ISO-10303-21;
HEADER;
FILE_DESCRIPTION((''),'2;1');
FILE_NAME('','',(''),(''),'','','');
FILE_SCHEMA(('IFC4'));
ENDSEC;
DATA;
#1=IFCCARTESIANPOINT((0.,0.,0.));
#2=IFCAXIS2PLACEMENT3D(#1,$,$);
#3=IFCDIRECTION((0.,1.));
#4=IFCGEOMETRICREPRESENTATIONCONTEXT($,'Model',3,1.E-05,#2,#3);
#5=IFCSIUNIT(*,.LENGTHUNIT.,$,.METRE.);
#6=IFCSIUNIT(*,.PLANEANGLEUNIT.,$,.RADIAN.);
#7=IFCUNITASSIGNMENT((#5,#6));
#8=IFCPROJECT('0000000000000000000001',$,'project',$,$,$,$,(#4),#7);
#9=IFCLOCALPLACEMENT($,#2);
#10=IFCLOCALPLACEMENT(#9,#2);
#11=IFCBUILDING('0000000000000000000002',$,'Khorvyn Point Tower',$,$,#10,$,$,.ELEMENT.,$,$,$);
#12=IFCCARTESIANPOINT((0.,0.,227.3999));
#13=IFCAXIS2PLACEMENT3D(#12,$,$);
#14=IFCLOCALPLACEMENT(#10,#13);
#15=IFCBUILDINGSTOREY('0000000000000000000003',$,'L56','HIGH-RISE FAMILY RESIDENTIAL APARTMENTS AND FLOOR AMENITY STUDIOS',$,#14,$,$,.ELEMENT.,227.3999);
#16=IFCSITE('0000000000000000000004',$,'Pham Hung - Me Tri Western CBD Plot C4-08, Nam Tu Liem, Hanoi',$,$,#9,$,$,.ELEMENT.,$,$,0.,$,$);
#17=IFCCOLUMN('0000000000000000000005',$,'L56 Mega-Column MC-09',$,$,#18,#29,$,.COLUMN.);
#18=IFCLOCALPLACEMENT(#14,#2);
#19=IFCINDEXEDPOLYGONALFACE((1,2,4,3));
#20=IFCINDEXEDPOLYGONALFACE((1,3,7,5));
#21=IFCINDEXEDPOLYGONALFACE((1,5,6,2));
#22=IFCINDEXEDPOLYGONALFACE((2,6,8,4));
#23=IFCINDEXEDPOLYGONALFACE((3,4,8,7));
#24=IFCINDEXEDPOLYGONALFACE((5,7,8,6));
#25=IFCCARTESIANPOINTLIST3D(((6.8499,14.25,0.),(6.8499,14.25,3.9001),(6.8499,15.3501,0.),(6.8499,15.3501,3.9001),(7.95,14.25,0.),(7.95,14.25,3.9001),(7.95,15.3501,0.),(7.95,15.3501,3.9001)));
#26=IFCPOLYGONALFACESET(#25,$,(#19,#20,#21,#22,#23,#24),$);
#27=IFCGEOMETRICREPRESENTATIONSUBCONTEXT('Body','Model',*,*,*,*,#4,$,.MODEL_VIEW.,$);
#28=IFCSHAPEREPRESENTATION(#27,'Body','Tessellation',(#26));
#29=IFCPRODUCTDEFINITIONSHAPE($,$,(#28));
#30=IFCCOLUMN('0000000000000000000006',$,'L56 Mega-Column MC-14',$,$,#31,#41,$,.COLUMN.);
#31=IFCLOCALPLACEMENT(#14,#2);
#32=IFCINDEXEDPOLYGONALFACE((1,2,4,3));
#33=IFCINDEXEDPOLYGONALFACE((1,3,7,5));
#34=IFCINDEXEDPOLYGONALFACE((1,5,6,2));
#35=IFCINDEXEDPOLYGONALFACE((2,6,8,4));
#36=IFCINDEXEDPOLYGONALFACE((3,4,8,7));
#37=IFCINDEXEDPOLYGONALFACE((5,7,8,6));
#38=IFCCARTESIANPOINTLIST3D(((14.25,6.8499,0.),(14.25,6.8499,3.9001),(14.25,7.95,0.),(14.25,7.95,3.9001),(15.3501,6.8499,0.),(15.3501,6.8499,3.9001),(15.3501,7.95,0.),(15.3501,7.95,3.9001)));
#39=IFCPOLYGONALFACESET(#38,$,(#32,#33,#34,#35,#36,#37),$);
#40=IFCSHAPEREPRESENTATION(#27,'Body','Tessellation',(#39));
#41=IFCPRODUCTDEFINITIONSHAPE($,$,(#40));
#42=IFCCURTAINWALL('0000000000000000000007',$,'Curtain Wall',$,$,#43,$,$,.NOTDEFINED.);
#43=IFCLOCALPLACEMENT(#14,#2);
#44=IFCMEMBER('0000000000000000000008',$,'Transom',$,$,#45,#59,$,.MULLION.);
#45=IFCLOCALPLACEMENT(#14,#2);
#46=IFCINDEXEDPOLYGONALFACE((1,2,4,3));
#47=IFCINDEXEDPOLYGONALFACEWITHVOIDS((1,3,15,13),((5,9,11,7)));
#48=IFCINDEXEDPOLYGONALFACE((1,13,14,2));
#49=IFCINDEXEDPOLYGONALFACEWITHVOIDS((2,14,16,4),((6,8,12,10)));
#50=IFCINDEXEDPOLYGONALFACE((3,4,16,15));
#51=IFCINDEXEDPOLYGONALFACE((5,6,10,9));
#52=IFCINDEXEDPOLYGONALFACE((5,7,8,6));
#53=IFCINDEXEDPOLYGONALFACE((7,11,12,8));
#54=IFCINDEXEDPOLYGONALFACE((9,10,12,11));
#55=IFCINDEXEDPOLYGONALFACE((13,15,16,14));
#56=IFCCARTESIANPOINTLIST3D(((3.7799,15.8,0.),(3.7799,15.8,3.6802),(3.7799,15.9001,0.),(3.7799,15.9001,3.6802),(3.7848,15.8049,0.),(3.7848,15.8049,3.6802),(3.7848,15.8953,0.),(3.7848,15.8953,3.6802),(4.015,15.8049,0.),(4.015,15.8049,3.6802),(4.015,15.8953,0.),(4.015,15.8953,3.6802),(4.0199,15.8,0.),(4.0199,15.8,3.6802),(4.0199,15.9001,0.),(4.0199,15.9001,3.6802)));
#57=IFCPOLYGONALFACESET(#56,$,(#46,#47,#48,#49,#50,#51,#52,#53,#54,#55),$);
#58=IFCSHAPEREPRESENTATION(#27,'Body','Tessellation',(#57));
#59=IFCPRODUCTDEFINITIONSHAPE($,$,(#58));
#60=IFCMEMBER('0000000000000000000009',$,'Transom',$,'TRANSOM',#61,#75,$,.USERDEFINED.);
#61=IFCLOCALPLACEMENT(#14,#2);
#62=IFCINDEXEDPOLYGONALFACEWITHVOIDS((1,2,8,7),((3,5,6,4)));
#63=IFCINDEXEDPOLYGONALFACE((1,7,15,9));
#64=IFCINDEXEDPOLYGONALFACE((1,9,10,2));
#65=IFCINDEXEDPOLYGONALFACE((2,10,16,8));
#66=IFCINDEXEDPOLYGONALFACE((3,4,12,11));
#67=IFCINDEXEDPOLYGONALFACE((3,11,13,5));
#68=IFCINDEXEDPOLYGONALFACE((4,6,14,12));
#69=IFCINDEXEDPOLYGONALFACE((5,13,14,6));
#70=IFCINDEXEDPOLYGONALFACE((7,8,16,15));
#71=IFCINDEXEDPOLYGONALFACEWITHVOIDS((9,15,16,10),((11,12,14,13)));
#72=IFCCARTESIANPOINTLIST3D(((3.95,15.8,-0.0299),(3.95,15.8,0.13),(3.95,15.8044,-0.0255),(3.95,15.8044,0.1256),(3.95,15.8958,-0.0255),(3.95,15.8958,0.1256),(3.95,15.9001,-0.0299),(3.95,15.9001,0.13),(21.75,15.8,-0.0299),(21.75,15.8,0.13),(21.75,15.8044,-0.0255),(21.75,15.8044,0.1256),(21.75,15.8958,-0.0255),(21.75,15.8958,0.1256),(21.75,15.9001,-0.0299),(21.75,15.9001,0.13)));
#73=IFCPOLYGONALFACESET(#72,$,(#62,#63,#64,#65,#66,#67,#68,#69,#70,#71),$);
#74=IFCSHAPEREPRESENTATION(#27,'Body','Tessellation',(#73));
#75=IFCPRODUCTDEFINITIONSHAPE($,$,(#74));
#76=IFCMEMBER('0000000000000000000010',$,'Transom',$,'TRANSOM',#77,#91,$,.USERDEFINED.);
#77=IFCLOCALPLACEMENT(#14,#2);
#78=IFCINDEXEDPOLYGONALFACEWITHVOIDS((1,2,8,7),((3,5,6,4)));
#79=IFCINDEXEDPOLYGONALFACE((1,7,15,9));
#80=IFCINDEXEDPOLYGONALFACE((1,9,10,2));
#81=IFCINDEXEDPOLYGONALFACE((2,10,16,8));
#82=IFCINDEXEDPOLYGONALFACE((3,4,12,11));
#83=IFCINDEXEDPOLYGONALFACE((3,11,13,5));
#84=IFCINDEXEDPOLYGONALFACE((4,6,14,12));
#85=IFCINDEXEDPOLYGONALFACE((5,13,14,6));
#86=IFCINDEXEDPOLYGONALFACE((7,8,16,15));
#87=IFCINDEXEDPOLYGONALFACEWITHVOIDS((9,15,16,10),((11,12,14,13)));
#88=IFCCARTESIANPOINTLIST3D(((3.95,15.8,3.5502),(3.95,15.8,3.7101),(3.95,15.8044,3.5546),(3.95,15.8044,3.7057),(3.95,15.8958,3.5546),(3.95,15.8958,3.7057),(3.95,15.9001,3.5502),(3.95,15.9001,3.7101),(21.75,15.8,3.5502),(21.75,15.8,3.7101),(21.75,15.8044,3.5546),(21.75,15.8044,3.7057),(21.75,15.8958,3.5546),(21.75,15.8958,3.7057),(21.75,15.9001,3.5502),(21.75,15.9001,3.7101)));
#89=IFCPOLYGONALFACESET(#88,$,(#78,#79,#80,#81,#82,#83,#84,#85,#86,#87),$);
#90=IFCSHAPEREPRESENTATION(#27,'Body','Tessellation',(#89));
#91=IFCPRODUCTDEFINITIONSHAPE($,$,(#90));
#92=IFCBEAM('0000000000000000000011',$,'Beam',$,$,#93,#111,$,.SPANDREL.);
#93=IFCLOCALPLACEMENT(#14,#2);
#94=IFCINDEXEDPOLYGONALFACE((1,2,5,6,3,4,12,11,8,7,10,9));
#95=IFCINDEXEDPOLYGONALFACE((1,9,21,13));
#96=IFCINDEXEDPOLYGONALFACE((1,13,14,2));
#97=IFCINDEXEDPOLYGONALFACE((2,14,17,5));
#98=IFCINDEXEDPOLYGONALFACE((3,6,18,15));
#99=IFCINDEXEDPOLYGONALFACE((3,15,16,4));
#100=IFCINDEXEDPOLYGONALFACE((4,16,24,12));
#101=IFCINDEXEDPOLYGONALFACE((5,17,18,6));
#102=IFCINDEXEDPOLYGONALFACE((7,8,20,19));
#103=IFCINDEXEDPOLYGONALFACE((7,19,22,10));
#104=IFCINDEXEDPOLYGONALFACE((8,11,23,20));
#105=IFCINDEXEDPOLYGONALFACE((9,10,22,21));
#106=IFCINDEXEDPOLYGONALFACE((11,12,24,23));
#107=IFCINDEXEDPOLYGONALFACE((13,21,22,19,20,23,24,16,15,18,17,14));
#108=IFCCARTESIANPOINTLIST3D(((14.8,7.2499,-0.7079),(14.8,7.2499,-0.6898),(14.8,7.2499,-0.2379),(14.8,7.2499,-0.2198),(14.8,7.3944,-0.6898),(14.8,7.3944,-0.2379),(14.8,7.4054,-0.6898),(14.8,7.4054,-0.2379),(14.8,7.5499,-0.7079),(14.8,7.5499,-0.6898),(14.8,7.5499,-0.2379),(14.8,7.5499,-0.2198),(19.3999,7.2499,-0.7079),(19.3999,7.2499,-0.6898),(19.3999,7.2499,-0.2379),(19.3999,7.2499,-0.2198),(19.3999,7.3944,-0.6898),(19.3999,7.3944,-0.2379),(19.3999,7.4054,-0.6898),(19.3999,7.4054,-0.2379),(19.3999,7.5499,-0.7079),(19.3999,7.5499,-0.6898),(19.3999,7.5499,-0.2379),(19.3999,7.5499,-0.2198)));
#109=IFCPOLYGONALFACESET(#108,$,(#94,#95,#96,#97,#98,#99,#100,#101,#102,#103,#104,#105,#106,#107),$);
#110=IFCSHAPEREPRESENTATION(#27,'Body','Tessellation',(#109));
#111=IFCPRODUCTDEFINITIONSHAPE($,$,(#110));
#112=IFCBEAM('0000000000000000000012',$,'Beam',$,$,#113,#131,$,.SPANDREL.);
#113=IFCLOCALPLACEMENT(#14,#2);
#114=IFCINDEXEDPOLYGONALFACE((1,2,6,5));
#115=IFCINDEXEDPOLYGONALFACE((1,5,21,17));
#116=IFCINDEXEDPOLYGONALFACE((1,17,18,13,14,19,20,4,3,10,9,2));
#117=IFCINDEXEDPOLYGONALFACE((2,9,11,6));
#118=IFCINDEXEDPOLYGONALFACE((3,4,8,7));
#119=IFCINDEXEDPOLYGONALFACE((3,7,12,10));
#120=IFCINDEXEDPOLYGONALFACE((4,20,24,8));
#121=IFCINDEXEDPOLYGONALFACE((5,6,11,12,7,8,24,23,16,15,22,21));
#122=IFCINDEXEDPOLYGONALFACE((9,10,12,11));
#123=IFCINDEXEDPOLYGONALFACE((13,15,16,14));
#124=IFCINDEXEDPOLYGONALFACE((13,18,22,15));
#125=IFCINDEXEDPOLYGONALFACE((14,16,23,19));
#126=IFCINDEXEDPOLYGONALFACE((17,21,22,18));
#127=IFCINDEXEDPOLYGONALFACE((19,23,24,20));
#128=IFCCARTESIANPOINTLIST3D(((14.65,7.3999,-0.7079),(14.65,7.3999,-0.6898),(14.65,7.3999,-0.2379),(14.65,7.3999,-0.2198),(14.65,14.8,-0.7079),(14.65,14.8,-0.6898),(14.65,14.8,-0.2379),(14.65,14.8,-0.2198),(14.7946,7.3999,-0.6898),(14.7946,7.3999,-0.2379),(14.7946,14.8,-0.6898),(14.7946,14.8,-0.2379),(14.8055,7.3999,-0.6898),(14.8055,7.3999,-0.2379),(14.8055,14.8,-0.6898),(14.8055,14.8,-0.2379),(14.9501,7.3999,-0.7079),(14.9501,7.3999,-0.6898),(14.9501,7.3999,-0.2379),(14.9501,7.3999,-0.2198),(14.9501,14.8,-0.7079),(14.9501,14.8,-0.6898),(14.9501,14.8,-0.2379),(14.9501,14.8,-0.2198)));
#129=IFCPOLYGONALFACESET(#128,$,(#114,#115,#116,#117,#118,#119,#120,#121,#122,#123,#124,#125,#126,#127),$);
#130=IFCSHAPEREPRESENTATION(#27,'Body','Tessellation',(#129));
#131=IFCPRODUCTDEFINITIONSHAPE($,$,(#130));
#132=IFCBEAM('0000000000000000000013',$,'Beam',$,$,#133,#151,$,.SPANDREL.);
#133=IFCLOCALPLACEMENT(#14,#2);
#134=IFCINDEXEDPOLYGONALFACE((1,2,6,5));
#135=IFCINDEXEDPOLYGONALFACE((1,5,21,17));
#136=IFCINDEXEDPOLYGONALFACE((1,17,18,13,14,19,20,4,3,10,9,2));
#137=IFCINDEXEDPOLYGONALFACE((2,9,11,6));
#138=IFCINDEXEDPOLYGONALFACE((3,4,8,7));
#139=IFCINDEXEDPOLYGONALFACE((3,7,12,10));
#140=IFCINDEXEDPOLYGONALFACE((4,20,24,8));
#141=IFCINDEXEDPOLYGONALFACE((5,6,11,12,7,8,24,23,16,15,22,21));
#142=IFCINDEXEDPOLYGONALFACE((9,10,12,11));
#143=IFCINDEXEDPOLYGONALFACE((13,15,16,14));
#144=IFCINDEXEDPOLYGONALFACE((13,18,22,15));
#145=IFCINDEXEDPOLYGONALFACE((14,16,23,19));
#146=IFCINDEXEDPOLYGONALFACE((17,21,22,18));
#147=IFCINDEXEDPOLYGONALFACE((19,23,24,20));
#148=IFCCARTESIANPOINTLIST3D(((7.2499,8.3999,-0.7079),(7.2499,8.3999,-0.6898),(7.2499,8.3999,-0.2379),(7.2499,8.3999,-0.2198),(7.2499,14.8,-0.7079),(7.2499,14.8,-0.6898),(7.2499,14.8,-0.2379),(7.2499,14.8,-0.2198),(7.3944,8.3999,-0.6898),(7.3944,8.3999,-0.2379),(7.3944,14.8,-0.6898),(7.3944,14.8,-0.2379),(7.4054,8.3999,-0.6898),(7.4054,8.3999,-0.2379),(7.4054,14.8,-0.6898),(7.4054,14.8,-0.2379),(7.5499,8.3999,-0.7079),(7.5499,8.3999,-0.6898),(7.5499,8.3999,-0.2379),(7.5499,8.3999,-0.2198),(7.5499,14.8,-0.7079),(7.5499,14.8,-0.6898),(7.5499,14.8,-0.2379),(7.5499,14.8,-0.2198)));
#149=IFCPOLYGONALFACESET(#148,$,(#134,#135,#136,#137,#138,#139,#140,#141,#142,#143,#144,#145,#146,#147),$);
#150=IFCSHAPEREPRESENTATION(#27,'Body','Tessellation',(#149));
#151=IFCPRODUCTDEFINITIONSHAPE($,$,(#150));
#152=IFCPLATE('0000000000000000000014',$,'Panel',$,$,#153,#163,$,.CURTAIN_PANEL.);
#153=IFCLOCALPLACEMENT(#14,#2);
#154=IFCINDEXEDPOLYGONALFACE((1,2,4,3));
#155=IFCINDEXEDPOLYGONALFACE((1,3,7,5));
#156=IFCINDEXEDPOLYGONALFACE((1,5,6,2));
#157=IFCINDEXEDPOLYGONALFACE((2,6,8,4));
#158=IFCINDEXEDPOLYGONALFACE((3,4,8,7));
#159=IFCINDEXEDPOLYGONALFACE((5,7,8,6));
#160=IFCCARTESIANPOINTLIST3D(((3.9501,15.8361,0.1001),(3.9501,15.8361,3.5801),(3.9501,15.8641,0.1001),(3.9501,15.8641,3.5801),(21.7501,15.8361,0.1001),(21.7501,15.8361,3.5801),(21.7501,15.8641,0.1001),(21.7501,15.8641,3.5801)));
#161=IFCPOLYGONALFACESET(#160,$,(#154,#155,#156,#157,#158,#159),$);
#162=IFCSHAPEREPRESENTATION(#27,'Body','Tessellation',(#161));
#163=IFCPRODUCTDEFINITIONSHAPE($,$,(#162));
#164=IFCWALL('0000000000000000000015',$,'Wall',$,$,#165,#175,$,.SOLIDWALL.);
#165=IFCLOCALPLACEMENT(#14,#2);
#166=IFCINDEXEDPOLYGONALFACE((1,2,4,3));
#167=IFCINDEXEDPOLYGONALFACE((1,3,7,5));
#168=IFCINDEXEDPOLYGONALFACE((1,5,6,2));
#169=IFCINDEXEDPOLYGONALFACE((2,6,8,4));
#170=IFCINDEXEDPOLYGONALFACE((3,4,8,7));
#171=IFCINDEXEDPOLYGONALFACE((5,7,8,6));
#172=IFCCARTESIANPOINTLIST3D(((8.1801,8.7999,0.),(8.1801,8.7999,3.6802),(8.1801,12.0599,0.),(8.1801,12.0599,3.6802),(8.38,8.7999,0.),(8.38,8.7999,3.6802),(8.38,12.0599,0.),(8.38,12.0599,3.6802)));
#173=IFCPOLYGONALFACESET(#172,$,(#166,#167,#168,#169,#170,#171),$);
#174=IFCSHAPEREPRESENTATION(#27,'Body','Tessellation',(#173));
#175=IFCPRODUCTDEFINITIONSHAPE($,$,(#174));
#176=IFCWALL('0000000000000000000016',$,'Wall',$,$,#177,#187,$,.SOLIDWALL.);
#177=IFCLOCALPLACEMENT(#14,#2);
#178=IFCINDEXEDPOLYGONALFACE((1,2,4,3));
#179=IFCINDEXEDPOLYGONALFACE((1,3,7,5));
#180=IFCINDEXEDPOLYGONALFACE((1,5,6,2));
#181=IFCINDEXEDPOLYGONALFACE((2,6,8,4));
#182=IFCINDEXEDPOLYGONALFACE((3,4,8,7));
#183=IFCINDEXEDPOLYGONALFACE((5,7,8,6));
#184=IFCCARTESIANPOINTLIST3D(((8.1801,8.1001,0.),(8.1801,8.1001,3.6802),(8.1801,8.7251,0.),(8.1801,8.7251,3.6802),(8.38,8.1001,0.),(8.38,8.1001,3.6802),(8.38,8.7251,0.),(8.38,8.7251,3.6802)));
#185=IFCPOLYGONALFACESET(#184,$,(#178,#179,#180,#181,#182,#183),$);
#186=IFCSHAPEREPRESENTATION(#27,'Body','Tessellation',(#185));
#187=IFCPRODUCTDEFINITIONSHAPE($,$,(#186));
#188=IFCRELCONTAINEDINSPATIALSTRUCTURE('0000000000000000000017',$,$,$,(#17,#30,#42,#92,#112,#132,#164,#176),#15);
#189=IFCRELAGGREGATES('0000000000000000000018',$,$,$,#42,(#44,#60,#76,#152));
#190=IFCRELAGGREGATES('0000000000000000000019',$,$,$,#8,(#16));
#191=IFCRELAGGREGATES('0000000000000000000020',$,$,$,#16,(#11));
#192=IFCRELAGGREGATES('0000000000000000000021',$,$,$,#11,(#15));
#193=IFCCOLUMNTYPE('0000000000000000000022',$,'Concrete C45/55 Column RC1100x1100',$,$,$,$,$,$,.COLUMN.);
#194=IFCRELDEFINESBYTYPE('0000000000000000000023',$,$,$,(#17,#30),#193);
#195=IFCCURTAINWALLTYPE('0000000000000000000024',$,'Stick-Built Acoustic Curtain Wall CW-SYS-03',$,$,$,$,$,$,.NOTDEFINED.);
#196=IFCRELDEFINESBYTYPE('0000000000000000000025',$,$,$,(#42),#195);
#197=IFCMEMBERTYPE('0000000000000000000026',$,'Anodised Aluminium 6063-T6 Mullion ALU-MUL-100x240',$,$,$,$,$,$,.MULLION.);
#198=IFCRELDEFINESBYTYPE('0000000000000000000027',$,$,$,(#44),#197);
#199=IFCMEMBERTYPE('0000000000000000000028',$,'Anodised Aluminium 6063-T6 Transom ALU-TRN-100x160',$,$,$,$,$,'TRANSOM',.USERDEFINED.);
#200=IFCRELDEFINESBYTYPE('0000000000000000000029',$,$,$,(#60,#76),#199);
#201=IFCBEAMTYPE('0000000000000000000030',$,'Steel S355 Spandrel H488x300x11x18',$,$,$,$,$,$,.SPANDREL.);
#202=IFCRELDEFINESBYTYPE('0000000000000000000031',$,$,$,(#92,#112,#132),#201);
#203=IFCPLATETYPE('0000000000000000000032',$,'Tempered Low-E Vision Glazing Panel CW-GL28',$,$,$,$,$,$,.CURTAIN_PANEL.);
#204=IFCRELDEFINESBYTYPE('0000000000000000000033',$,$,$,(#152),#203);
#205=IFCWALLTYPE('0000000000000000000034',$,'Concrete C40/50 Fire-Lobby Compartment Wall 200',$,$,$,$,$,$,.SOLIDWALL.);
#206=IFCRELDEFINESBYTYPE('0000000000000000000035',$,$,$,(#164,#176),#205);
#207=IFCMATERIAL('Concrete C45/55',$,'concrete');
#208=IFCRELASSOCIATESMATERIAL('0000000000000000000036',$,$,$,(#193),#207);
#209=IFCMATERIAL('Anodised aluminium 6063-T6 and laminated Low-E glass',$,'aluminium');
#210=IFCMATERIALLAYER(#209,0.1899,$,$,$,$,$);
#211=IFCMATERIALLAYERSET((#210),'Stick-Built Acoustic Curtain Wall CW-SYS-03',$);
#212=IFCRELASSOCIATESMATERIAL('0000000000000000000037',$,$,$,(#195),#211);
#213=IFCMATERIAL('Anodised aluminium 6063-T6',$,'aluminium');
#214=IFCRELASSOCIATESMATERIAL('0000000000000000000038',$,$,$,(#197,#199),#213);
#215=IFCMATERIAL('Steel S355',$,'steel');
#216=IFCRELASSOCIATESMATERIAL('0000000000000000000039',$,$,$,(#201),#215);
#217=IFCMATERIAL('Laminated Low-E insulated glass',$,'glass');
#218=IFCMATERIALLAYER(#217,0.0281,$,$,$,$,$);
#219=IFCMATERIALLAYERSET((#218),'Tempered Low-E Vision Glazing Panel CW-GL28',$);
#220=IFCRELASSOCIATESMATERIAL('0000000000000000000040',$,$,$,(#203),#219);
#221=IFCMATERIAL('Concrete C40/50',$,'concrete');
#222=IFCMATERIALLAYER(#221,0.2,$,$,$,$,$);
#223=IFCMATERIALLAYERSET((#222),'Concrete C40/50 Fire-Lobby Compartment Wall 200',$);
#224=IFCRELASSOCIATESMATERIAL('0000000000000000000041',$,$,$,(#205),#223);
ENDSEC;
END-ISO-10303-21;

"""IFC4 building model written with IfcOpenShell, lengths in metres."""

from ifc_helpers import new_model, si_unit, direction, frame, frame_2d, origin, origin_2d, place, context, subcontext, project, spatial, rectangle, hollow_rectangle, i_section, extrude, material, layer, layer_set, material_profile, profile_set, type_object, element, aggregate, save


model = new_model("IFC4")

# Units and contexts
model_context = context("Model", 3, precision=1e-05, world=origin(), true_north=direction((0.0, 1.0)))
body_context = subcontext(model_context, "Body", "Model", "MODEL_VIEW")
ifc_project = project(units=[si_unit("LENGTHUNIT", "METRE"), si_unit("PLANEANGLEUNIT", "RADIAN")], contexts=[model_context])

# Site, building, storey
site_placement = place(None, origin())
site = spatial("IfcSite", under=ifc_project, at=site_placement, Name="Pham Hung - Me Tri Western CBD Plot C4-08, Nam Tu Liem, Hanoi", CompositionType="ELEMENT", RefElevation=0.0)
building_placement = place(site_placement, origin())
building = spatial("IfcBuilding", under=site, at=building_placement, Name="Khorvyn Point Tower", CompositionType="ELEMENT")
storey_placement = place(building_placement, frame((0.0, 0.0, 227.3999)))
storey = spatial("IfcBuildingStorey", under=building, at=storey_placement, Name="L56", Description="HIGH-RISE FAMILY RESIDENTIAL APARTMENTS AND FLOOR AMENITY STUDIOS", CompositionType="ELEMENT", Elevation=227.3999)

# Columns
ifc_material_1 = material(Name="Concrete C45/55", Category="concrete")
ifc_material_profile_1 = material_profile(ifc_material_1, rectangle(XDim=1.1001, YDim=1.1001, at=origin_2d()))
ifc_profile_set_1 = profile_set([ifc_material_profile_1], Name="Concrete C45/55 RC1100x1100")
column_type = type_object("IfcColumnType", Name="Concrete C45/55 Column RC1100x1100", PredefinedType="COLUMN", material=ifc_profile_set_1)
for number, where, z_axis, x_axis, name in (
    (1, (7.3999, 14.8, 0.0), (0.0, 0.0, 1.0), (1.0, 0.0, 0.0), "L56 Mega-Column MC-09"),
    (2, (14.8, 7.3999, 0.0), (0.0, 0.0, 1.0), (1.0, 0.0, 0.0), "L56 Mega-Column MC-14"),
):
    element("IfcColumn", number, at=place(storey_placement, frame(where, z_axis=z_axis, x_axis=x_axis)), inside=storey, type_object=column_type, Name=name, PredefinedType="COLUMN", context=body_context, shape_type="SweptSolid", body=[
        extrude(rectangle(XDim=1.1001, YDim=1.1001, at=origin_2d()), origin(), (0.0, 0.0, 1.0), 3.9001),
    ])

# Curtain wall, members
ifc_material_2 = material(Name="Anodised aluminium 6063-T6 and laminated Low-E glass", Category="aluminium")
ifc_layer_1 = layer(ifc_material_2, 0.1899)
ifc_layer_set_1 = layer_set([ifc_layer_1], Name="Stick-Built Acoustic Curtain Wall CW-SYS-03")
curtain_wall_type = type_object("IfcCurtainWallType", Name="Stick-Built Acoustic Curtain Wall CW-SYS-03", PredefinedType="NOTDEFINED", material=ifc_layer_set_1)
curtain_wall_placement = place(storey_placement, origin())
curtain_wall = element("IfcCurtainWall", 3, at=curtain_wall_placement, inside=storey, type_object=curtain_wall_type, Name="Curtain Wall", PredefinedType="NOTDEFINED")
ifc_material_3 = material(Name="Anodised aluminium 6063-T6", Category="aluminium")
ifc_material_profile_2 = material_profile(ifc_material_3, hollow_rectangle(XDim=0.1001, YDim=0.24, WallThickness=0.0049, at=origin_2d()))
ifc_profile_set_2 = profile_set([ifc_material_profile_2], Name="Anodised aluminium 6063-T6 ALU-MUL-100x240")
member_type_1 = type_object("IfcMemberType", Name="Anodised Aluminium 6063-T6 Mullion ALU-MUL-100x240", PredefinedType="MULLION", material=ifc_profile_set_2)
member_1_placement = place(storey_placement, frame((3.8999, 15.8501, 0.0), z_axis=(0.0, 0.0, 1.0), x_axis=(0.0, 1.0, 0.0)))
member_1 = element("IfcMember", 4, at=member_1_placement, type_object=member_type_1, Name="Transom", PredefinedType="MULLION", context=body_context, shape_type="SweptSolid", body=[
    extrude(hollow_rectangle(XDim=0.1001, YDim=0.24, WallThickness=0.0049, at=origin_2d()), origin(), (0.0, 0.0, 1.0), 3.6802),
])
ifc_material_profile_3 = material_profile(ifc_material_3, hollow_rectangle(XDim=0.1001, YDim=0.1599, WallThickness=0.0044, at=origin_2d()))
ifc_profile_set_3 = profile_set([ifc_material_profile_3], Name="Anodised aluminium 6063-T6 ALU-TRN-100x160")
member_type_2 = type_object("IfcMemberType", Name="Anodised Aluminium 6063-T6 Transom ALU-TRN-100x160", ElementType="TRANSOM", PredefinedType="USERDEFINED", material=ifc_profile_set_3)
member_2_placement = place(storey_placement, frame((3.95, 15.8501, 0.05), z_axis=(1.0, 0.0, 0.0), x_axis=(0.0, 1.0, 0.0)))
member_2 = element("IfcMember", 5, at=member_2_placement, type_object=member_type_2, Name="Transom", ObjectType="TRANSOM", PredefinedType="USERDEFINED", context=body_context, shape_type="SweptSolid", body=[
    extrude(hollow_rectangle(XDim=0.1001, YDim=0.1599, WallThickness=0.0044, at=origin_2d()), origin(), (0.0, 0.0, 1.0), 17.8),
])
member_3_placement = place(storey_placement, frame((3.95, 15.8501, 3.6301), z_axis=(1.0, 0.0, 0.0), x_axis=(0.0, 1.0, 0.0)))
member_3 = element("IfcMember", 6, at=member_3_placement, type_object=member_type_2, Name="Transom", ObjectType="TRANSOM", PredefinedType="USERDEFINED", context=body_context, shape_type="SweptSolid", body=[
    extrude(hollow_rectangle(XDim=0.1001, YDim=0.1599, WallThickness=0.0044, at=origin_2d()), origin(), (0.0, 0.0, 1.0), 17.8),
])

# Beams
ifc_material_4 = material(Name="Steel S355", Category="steel")
ifc_material_profile_4 = material_profile(ifc_material_4, i_section(OverallWidth=0.3, OverallDepth=0.488, WebThickness=0.011, FlangeThickness=0.0181, at=origin_2d()))
ifc_profile_set_4 = profile_set([ifc_material_profile_4], Name="Steel S355 H488x300x11x18")
beam_type = type_object("IfcBeamType", Name="Steel S355 Spandrel H488x300x11x18", PredefinedType="SPANDREL", material=ifc_profile_set_4)
beam_1_placement = place(storey_placement, frame((14.8, 7.3999, -0.4639), z_axis=(1.0, 0.0, 0.0), x_axis=(0.0, 1.0, 0.0)))
element("IfcBeam", 7, at=beam_1_placement, inside=storey, type_object=beam_type, Name="Beam", PredefinedType="SPANDREL", context=body_context, shape_type="SweptSolid", body=[
    extrude(i_section(OverallWidth=0.3, OverallDepth=0.488, WebThickness=0.011, FlangeThickness=0.0181, at=origin_2d()), origin(), (0.0, 0.0, 1.0), 4.5999),
])
beam_2_placement = place(storey_placement, frame((14.8, 7.3999, -0.4639), z_axis=(0.0, 1.0, 0.0), x_axis=(-1.0, 0.0, 0.0)))
element("IfcBeam", 8, at=beam_2_placement, inside=storey, type_object=beam_type, Name="Beam", PredefinedType="SPANDREL", context=body_context, shape_type="SweptSolid", body=[
    extrude(i_section(OverallWidth=0.3, OverallDepth=0.488, WebThickness=0.011, FlangeThickness=0.0181, at=origin_2d()), origin(), (0.0, 0.0, 1.0), 7.4001),
])
beam_3_placement = place(storey_placement, frame((7.3999, 8.3999, -0.4639), z_axis=(0.0, 1.0, 0.0), x_axis=(-1.0, 0.0, 0.0)))
element("IfcBeam", 9, at=beam_3_placement, inside=storey, type_object=beam_type, Name="Beam", PredefinedType="SPANDREL", context=body_context, shape_type="SweptSolid", body=[
    extrude(i_section(OverallWidth=0.3, OverallDepth=0.488, WebThickness=0.011, FlangeThickness=0.0181, at=origin_2d()), origin(), (0.0, 0.0, 1.0), 6.4001),
])

# Plate
ifc_material_5 = material(Name="Laminated Low-E insulated glass", Category="glass")
ifc_layer_2 = layer(ifc_material_5, 0.0281)
ifc_layer_set_2 = layer_set([ifc_layer_2], Name="Tempered Low-E Vision Glazing Panel CW-GL28")
plate_type = type_object("IfcPlateType", Name="Tempered Low-E Vision Glazing Panel CW-GL28", PredefinedType="CURTAIN_PANEL", material=ifc_layer_set_2)
plate_placement = place(storey_placement, frame((12.8501, 15.8501, 0.1001), z_axis=(0.0, 0.0, 1.0), x_axis=(1.0, 0.0, 0.0)))
plate = element("IfcPlate", 10, at=plate_placement, type_object=plate_type, Name="Panel", PredefinedType="CURTAIN_PANEL", context=body_context, shape_type="SweptSolid", body=[
    extrude(rectangle(XDim=17.8, YDim=0.0281, at=origin_2d()), origin(), (0.0, 0.0, 1.0), 3.48),
])
aggregate(curtain_wall, [member_1, member_2, member_3, plate])

# Shared definitions
ifc_material_6 = material(Name="Concrete C40/50", Category="concrete")
ifc_layer_3 = layer(ifc_material_6, 0.2)
ifc_layer_set_3 = layer_set([ifc_layer_3], Name="Concrete C40/50 Fire-Lobby Compartment Wall 200")
wall_type_1 = type_object("IfcWallType", Name="Concrete C40/50 Fire-Lobby Compartment Wall 200", PredefinedType="SOLIDWALL", material=ifc_layer_set_3)

# Walls
wall_1_placement = place(storey_placement, frame((8.28, 8.8, 0.0), z_axis=(0.0, 0.0, 1.0), x_axis=(0.0, 1.0, 0.0)))
element("IfcWall", 11, at=wall_1_placement, inside=storey, type_object=wall_type_1, Name="Wall", PredefinedType="SOLIDWALL", context=body_context, shape_type="SweptSolid", body=[
    extrude(rectangle(XDim=3.26, YDim=0.2, at=frame_2d((1.6299, 0.0))), origin(), (0.0, 0.0, 1.0), 3.6802),
])
wall_2_placement = place(storey_placement, frame((8.28, 8.1001, 0.0), z_axis=(0.0, 0.0, 1.0), x_axis=(0.0, 1.0, 0.0)))
element("IfcWall", 12, at=wall_2_placement, inside=storey, type_object=wall_type_1, Name="Wall", PredefinedType="SOLIDWALL", context=body_context, shape_type="SweptSolid", body=[
    extrude(rectangle(XDim=0.625, YDim=0.2, at=frame_2d((0.3125, 0.0))), origin(), (0.0, 0.0, 1.0), 3.6802),
])

save(model, "model.ifc")
